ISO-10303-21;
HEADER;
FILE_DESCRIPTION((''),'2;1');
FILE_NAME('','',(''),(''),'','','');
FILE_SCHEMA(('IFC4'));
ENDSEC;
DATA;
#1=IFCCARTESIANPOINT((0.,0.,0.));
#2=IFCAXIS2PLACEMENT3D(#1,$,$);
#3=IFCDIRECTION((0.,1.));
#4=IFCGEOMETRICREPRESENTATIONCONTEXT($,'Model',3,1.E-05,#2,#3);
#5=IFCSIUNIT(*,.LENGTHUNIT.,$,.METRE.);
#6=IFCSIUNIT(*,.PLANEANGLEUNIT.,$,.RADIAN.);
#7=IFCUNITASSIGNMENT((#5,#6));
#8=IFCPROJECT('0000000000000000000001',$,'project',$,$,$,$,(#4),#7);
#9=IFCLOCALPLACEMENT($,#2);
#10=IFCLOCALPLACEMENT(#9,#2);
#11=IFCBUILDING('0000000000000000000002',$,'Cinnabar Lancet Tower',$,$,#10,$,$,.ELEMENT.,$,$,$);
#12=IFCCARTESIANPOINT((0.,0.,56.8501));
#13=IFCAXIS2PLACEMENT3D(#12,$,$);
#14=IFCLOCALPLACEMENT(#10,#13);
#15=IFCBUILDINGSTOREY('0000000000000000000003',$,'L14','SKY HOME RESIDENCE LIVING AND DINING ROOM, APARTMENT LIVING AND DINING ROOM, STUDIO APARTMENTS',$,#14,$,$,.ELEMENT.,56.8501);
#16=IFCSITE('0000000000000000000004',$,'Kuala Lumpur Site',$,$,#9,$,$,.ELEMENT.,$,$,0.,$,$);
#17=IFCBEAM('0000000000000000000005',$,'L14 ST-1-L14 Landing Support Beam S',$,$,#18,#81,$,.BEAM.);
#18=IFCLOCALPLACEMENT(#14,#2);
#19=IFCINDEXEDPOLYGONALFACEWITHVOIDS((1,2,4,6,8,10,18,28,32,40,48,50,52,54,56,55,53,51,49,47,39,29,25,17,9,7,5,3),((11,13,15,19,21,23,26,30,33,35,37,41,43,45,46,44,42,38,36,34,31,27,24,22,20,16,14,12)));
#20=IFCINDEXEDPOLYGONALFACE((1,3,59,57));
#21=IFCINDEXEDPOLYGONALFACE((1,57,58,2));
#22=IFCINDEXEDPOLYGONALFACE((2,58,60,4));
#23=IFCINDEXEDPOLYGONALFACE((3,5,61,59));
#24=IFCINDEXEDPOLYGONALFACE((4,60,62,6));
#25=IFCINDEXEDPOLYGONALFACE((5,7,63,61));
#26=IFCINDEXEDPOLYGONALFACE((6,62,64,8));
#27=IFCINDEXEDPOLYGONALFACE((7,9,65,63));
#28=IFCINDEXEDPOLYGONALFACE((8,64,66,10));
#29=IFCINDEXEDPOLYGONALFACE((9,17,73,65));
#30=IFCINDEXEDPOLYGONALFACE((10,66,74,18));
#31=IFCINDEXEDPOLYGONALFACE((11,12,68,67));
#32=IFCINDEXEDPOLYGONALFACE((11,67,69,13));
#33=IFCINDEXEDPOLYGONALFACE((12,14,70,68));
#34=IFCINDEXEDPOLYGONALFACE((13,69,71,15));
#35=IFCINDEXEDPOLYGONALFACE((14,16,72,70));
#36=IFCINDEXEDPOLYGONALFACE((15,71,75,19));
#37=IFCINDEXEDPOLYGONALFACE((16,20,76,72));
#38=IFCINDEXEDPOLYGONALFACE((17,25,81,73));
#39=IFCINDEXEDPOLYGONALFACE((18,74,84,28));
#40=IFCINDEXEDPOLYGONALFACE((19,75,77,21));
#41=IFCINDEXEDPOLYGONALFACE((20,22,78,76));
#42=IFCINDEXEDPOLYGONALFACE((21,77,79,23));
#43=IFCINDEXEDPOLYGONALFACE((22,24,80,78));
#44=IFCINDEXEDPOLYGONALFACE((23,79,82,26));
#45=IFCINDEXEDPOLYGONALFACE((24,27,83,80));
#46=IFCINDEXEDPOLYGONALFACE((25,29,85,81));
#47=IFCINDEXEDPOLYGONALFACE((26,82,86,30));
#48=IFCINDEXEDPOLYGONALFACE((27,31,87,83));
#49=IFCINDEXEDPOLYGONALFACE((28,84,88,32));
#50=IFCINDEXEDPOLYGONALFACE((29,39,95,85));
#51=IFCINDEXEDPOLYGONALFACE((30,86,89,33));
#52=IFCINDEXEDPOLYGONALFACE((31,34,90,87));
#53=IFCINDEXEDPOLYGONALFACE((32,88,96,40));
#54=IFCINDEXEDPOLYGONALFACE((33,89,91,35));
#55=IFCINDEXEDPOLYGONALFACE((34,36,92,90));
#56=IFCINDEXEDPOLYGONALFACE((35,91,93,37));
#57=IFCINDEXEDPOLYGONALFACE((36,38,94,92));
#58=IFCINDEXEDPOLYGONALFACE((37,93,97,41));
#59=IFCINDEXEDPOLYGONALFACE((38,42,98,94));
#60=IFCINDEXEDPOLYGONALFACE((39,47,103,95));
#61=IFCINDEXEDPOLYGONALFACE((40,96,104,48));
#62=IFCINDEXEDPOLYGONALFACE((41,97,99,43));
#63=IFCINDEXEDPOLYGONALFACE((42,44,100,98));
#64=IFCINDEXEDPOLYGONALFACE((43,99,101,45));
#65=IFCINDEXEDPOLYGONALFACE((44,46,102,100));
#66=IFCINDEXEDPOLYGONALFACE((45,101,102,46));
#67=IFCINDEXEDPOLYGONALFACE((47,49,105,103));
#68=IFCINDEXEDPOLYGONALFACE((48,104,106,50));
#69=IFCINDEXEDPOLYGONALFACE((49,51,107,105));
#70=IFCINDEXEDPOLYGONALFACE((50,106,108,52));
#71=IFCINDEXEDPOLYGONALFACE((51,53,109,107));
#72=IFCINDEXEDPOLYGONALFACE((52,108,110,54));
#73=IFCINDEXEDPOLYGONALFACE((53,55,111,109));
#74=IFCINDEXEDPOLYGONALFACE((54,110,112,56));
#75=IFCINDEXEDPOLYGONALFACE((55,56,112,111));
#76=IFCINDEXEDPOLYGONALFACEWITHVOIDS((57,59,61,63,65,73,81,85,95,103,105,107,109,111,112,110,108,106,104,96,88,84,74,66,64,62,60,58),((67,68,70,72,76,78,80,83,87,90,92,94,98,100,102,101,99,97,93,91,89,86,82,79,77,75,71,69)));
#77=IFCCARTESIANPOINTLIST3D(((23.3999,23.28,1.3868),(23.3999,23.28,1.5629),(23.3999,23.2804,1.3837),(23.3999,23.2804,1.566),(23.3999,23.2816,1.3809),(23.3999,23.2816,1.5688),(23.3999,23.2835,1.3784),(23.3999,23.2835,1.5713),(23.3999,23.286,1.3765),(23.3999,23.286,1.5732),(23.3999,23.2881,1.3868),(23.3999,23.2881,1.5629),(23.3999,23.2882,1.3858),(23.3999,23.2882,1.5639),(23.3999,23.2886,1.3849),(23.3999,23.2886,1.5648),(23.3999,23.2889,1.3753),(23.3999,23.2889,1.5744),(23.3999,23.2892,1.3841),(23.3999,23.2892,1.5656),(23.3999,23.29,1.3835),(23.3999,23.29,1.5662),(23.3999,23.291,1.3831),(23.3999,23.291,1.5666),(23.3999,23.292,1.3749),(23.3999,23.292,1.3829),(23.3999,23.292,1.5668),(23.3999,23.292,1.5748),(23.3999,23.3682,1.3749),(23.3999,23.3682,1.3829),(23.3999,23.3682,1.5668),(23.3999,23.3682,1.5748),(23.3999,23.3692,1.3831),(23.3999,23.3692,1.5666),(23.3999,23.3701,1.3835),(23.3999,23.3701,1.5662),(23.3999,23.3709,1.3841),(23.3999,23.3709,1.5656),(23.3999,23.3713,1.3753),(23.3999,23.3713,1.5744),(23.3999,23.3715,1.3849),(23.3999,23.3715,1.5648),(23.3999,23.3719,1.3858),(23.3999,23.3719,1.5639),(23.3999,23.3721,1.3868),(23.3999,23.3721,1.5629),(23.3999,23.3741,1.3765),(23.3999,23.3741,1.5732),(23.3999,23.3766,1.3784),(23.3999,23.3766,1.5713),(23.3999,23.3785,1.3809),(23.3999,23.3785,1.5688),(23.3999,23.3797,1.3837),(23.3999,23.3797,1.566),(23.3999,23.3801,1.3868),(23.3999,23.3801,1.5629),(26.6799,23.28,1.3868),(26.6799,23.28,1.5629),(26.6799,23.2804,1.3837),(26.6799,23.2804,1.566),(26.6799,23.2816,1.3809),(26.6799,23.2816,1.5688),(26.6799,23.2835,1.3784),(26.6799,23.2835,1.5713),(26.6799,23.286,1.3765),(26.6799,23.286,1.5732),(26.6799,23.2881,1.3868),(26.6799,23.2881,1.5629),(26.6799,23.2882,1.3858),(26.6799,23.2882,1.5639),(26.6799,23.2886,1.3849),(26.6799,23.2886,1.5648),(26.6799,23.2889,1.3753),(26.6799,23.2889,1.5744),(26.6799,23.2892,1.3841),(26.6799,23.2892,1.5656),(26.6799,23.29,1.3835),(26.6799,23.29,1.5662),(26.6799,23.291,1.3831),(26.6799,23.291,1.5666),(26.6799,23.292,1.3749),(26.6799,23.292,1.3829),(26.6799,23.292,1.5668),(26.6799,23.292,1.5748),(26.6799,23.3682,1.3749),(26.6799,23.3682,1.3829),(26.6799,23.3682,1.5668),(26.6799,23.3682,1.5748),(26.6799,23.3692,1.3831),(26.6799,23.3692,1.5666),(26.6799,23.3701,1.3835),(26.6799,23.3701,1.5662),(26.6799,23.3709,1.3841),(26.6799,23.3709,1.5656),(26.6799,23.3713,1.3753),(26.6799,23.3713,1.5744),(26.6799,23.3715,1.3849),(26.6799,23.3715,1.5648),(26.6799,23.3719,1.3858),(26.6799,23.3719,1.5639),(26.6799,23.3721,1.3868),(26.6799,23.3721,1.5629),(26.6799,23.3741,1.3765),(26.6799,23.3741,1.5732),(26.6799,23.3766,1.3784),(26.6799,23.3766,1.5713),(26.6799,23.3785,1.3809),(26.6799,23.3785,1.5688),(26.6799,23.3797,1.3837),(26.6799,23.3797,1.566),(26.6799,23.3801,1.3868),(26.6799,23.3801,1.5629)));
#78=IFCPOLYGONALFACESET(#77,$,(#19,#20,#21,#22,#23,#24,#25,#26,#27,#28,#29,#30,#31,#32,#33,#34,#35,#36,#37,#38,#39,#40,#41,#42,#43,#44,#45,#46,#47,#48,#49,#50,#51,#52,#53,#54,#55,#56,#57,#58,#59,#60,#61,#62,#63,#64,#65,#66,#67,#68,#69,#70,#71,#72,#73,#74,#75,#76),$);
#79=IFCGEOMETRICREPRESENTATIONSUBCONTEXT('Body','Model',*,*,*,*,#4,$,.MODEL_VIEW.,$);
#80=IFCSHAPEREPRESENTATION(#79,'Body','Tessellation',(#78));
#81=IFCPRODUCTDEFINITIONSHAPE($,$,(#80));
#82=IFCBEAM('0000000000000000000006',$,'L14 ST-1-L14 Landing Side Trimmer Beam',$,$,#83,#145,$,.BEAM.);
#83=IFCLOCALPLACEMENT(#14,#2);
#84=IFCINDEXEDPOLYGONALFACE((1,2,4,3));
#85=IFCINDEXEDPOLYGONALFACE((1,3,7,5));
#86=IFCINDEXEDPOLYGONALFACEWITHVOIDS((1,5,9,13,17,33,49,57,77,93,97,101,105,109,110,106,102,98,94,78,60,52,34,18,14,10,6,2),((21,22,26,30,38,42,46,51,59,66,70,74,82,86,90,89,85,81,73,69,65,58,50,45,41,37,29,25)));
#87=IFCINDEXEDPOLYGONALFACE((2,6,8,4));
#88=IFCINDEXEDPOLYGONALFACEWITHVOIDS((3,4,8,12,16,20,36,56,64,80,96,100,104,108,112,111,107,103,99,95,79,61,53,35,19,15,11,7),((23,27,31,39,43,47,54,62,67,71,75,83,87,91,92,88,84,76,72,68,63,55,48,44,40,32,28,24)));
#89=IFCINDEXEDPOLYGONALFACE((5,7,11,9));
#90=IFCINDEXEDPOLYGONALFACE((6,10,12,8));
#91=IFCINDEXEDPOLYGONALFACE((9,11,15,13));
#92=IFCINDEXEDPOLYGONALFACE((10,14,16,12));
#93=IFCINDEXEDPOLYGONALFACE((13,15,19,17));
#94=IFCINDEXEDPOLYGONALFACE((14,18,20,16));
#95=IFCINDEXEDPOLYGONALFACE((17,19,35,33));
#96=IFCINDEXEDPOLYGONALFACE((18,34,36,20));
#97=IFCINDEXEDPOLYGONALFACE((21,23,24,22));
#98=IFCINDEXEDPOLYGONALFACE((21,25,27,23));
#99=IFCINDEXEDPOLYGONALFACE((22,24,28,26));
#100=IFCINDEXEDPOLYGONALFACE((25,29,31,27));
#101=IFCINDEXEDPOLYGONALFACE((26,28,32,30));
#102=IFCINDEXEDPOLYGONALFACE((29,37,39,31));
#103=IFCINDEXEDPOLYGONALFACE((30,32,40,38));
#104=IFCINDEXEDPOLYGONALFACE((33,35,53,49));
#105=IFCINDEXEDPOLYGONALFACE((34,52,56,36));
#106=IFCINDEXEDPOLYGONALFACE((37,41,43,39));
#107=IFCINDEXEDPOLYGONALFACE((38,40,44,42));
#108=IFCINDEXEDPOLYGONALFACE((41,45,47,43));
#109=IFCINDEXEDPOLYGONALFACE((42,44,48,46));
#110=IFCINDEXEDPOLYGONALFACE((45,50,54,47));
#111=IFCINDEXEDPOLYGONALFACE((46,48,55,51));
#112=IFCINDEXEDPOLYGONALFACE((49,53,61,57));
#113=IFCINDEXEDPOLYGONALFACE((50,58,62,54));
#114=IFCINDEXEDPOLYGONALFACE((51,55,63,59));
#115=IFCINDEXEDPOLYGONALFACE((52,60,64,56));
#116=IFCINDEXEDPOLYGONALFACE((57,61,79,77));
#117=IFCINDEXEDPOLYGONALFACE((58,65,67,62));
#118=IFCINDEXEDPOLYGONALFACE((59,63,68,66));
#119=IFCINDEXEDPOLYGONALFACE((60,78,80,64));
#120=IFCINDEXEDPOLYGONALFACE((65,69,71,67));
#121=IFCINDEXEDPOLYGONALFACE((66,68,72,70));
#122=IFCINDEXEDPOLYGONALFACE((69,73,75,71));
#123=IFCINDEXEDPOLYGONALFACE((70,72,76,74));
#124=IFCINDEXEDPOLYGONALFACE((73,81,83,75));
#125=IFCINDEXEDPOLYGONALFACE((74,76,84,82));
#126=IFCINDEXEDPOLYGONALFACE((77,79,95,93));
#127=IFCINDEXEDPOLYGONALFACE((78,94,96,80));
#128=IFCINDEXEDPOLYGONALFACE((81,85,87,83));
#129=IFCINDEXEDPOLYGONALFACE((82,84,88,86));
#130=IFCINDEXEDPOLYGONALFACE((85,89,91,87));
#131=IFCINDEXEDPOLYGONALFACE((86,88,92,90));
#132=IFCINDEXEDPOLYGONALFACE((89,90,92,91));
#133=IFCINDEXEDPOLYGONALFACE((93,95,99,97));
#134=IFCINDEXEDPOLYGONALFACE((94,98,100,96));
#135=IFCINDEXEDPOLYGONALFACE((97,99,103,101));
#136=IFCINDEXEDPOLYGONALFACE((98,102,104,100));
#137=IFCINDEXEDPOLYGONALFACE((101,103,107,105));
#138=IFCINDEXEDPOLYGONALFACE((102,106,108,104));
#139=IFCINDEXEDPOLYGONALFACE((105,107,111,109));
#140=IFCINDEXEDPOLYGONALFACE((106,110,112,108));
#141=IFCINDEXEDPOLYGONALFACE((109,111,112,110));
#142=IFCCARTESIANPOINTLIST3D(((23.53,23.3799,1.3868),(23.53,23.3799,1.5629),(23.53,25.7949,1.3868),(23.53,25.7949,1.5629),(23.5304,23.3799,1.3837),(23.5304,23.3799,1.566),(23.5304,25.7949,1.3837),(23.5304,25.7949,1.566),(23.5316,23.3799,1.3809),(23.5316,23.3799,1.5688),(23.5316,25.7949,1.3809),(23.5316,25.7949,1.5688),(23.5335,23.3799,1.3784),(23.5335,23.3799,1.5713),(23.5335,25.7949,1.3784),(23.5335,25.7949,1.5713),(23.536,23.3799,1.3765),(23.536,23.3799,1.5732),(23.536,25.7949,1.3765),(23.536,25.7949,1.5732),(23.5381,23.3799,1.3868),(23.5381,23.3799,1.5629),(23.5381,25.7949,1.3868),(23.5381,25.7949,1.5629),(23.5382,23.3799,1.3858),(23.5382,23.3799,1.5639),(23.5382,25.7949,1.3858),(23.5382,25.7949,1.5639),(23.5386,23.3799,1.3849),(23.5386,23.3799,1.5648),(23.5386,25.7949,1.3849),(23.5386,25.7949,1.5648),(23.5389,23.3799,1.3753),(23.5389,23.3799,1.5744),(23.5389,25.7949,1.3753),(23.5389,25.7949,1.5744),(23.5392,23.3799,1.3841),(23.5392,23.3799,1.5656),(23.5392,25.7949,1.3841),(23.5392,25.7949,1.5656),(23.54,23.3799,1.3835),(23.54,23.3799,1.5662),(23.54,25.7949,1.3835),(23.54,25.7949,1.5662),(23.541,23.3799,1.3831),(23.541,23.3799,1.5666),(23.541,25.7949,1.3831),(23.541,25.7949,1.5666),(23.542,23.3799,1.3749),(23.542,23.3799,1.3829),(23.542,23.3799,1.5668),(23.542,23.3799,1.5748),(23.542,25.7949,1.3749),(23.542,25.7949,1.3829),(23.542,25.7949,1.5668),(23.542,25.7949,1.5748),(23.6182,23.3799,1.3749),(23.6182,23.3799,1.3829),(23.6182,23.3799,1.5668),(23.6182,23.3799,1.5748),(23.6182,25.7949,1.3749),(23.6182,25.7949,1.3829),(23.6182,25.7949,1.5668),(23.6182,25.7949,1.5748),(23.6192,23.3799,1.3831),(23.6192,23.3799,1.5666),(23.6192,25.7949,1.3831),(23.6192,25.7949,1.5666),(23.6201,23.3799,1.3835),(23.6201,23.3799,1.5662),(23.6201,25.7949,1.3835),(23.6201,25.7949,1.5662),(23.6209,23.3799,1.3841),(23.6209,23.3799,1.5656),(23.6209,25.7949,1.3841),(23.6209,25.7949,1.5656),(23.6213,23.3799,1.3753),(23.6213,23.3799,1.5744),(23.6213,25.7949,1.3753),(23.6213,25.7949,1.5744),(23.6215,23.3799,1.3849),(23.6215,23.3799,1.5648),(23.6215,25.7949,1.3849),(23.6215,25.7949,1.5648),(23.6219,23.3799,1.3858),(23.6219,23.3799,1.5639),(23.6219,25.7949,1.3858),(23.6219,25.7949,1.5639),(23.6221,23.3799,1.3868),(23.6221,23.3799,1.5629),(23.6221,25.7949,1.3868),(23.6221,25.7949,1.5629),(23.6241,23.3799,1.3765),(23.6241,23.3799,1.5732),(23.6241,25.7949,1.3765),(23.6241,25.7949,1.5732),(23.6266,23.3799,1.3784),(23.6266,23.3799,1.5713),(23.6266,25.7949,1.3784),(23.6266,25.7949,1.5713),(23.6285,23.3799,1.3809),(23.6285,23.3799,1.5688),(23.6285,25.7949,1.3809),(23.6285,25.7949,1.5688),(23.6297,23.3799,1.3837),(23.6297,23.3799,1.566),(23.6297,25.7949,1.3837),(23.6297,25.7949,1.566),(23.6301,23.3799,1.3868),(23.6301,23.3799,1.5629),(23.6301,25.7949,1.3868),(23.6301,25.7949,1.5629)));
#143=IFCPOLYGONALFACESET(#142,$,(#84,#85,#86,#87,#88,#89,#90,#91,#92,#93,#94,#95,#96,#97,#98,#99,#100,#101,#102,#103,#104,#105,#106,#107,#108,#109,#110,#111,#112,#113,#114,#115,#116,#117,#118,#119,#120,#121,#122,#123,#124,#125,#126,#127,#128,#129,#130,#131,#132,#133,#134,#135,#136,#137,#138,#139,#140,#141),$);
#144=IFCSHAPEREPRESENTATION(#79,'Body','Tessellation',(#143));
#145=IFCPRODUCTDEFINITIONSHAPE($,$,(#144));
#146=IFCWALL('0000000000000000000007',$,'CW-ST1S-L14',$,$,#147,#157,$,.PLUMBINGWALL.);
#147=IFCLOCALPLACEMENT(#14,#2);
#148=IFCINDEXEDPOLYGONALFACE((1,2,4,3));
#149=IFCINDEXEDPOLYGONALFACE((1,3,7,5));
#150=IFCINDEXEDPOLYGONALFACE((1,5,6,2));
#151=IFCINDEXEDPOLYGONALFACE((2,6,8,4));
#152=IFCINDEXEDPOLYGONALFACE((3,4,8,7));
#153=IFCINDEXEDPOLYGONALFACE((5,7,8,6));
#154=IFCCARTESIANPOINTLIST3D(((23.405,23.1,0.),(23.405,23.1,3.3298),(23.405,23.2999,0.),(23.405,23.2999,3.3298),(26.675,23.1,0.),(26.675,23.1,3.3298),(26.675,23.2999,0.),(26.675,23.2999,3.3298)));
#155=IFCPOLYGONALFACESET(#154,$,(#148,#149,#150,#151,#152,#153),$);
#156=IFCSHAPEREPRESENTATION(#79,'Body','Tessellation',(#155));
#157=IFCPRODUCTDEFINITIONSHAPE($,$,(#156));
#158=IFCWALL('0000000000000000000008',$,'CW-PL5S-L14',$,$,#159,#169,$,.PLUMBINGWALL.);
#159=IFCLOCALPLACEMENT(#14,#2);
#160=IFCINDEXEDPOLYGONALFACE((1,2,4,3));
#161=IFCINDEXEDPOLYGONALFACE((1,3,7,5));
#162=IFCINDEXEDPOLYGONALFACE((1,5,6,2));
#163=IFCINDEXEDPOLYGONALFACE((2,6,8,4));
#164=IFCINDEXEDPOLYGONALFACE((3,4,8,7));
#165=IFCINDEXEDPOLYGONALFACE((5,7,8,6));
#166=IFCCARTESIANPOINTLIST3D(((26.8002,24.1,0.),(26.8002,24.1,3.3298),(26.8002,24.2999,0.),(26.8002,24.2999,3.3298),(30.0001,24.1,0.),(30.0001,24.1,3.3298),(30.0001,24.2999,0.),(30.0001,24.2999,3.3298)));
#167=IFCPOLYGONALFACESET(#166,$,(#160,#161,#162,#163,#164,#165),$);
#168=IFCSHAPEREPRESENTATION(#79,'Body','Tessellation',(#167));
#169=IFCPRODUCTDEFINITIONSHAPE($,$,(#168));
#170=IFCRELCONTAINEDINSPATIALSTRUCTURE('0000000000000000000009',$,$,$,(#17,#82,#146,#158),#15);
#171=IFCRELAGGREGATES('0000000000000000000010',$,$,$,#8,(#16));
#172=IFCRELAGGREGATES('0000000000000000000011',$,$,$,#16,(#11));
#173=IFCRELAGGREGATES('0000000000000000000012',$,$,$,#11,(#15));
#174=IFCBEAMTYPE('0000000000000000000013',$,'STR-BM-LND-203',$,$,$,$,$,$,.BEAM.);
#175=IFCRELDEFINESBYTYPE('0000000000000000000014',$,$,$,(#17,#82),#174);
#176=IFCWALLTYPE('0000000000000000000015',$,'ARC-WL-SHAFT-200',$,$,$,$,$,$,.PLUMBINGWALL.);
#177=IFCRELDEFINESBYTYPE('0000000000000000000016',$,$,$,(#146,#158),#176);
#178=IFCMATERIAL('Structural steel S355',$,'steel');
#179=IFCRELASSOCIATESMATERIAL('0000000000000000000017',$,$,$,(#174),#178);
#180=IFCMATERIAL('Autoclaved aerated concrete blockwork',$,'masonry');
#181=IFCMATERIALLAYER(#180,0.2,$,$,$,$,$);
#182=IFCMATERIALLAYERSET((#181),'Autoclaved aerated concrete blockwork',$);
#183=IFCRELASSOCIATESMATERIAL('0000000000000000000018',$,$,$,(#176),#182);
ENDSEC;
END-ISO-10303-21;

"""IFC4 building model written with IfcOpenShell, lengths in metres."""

from ifc_helpers import new_model, si_unit, direction, frame, frame_2d, origin, origin_2d, place, context, subcontext, project, spatial, rectangle, hollow_rectangle, extrude, material, layer, layer_set, material_profile, profile_set, type_object, element, save


model = new_model("IFC4")

# Units and contexts
model_context = context("Model", 3, precision=1e-05, world=origin(), true_north=direction((0.0, 1.0)))
body_context = subcontext(model_context, "Body", "Model", "MODEL_VIEW")
ifc_project = project(units=[si_unit("LENGTHUNIT", "METRE"), si_unit("PLANEANGLEUNIT", "RADIAN")], contexts=[model_context])

# Site, building, storey
site_placement = place(None, origin())
site = spatial("IfcSite", under=ifc_project, at=site_placement, Name="Kuala Lumpur Site", CompositionType="ELEMENT", RefElevation=0.0)
building_placement = place(site_placement, origin())
building = spatial("IfcBuilding", under=site, at=building_placement, Name="Cinnabar Lancet Tower", CompositionType="ELEMENT")
storey_placement = place(building_placement, frame((0.0, 0.0, 56.8501)))
storey = spatial("IfcBuildingStorey", under=building, at=storey_placement, Name="L14", Description="SKY HOME RESIDENCE LIVING AND DINING ROOM, APARTMENT LIVING AND DINING ROOM, STUDIO APARTMENTS", CompositionType="ELEMENT", Elevation=56.8501)

# Beams
ifc_material_1 = material(Name="Structural steel S355", Category="steel")
ifc_material_profile = material_profile(ifc_material_1, hollow_rectangle(XDim=0.1001, YDim=0.2, WallThickness=0.0081, InnerFilletRadius=0.0039, OuterFilletRadius=0.012, at=origin_2d()), Name="RHS 200x100x8")
ifc_profile_set = profile_set([ifc_material_profile], Name="Structural steel S355")
beam_type = type_object("IfcBeamType", Name="STR-BM-LND-203", PredefinedType="BEAM", material=ifc_profile_set)
beam_1_placement = place(storey_placement, frame((23.3999, 23.3301, 1.4749), z_axis=(1.0, 0.0, 0.0), x_axis=(0.0, 1.0, 0.0)))
element("IfcBeam", 1, at=beam_1_placement, inside=storey, type_object=beam_type, Name="L14 ST-1-L14 Landing Support Beam S", PredefinedType="BEAM", context=body_context, shape_type="SweptSolid", body=[
    extrude(hollow_rectangle(XDim=0.1001, YDim=0.2, WallThickness=0.0081, InnerFilletRadius=0.0039, OuterFilletRadius=0.012, at=origin_2d()), origin(), (0.0, 0.0, 1.0), 3.28),
])
beam_2_placement = place(storey_placement, frame((23.5801, 23.3799, 1.4749), z_axis=(0.0, 1.0, 0.0), x_axis=(-1.0, 0.0, 0.0)))
element("IfcBeam", 2, at=beam_2_placement, inside=storey, type_object=beam_type, Name="L14 ST-1-L14 Landing Side Trimmer Beam", PredefinedType="BEAM", context=body_context, shape_type="SweptSolid", body=[
    extrude(hollow_rectangle(XDim=0.1001, YDim=0.2, WallThickness=0.0081, InnerFilletRadius=0.0039, OuterFilletRadius=0.012, at=origin_2d()), origin(), (0.0, 0.0, 1.0), 2.415),
])

# Walls
ifc_material_2 = material(Name="Autoclaved aerated concrete blockwork", Category="masonry")
ifc_layer_1 = layer(ifc_material_2, 0.2)
ifc_layer_set_1 = layer_set([ifc_layer_1], Name="Autoclaved aerated concrete blockwork")
wall_type_1 = type_object("IfcWallType", Name="ARC-WL-SHAFT-200", PredefinedType="PLUMBINGWALL", material=ifc_layer_set_1)
wall_1_placement = place(storey_placement, frame((23.405, 23.2, 0.0), z_axis=(0.0, 0.0, 1.0), x_axis=(1.0, 0.0, 0.0)))
element("IfcWall", 3, at=wall_1_placement, inside=storey, type_object=wall_type_1, Name="CW-ST1S-L14", PredefinedType="PLUMBINGWALL", context=body_context, shape_type="SweptSolid", body=[
    extrude(rectangle(XDim=3.27, YDim=0.2, at=frame_2d((1.635, 0.0))), origin(), (0.0, 0.0, 1.0), 3.3298),
])
wall_2_placement = place(storey_placement, frame((26.8, 24.2, 0.0), z_axis=(0.0, 0.0, 1.0), x_axis=(1.0, 0.0, 0.0)))
element("IfcWall", 4, at=wall_2_placement, inside=storey, type_object=wall_type_1, Name="CW-PL5S-L14", PredefinedType="PLUMBINGWALL", context=body_context, shape_type="SweptSolid", body=[
    extrude(rectangle(XDim=3.2, YDim=0.2, at=frame_2d((1.6001, 0.0))), origin(), (0.0, 0.0, 1.0), 3.3298),
])

save(model, "model.ifc")
